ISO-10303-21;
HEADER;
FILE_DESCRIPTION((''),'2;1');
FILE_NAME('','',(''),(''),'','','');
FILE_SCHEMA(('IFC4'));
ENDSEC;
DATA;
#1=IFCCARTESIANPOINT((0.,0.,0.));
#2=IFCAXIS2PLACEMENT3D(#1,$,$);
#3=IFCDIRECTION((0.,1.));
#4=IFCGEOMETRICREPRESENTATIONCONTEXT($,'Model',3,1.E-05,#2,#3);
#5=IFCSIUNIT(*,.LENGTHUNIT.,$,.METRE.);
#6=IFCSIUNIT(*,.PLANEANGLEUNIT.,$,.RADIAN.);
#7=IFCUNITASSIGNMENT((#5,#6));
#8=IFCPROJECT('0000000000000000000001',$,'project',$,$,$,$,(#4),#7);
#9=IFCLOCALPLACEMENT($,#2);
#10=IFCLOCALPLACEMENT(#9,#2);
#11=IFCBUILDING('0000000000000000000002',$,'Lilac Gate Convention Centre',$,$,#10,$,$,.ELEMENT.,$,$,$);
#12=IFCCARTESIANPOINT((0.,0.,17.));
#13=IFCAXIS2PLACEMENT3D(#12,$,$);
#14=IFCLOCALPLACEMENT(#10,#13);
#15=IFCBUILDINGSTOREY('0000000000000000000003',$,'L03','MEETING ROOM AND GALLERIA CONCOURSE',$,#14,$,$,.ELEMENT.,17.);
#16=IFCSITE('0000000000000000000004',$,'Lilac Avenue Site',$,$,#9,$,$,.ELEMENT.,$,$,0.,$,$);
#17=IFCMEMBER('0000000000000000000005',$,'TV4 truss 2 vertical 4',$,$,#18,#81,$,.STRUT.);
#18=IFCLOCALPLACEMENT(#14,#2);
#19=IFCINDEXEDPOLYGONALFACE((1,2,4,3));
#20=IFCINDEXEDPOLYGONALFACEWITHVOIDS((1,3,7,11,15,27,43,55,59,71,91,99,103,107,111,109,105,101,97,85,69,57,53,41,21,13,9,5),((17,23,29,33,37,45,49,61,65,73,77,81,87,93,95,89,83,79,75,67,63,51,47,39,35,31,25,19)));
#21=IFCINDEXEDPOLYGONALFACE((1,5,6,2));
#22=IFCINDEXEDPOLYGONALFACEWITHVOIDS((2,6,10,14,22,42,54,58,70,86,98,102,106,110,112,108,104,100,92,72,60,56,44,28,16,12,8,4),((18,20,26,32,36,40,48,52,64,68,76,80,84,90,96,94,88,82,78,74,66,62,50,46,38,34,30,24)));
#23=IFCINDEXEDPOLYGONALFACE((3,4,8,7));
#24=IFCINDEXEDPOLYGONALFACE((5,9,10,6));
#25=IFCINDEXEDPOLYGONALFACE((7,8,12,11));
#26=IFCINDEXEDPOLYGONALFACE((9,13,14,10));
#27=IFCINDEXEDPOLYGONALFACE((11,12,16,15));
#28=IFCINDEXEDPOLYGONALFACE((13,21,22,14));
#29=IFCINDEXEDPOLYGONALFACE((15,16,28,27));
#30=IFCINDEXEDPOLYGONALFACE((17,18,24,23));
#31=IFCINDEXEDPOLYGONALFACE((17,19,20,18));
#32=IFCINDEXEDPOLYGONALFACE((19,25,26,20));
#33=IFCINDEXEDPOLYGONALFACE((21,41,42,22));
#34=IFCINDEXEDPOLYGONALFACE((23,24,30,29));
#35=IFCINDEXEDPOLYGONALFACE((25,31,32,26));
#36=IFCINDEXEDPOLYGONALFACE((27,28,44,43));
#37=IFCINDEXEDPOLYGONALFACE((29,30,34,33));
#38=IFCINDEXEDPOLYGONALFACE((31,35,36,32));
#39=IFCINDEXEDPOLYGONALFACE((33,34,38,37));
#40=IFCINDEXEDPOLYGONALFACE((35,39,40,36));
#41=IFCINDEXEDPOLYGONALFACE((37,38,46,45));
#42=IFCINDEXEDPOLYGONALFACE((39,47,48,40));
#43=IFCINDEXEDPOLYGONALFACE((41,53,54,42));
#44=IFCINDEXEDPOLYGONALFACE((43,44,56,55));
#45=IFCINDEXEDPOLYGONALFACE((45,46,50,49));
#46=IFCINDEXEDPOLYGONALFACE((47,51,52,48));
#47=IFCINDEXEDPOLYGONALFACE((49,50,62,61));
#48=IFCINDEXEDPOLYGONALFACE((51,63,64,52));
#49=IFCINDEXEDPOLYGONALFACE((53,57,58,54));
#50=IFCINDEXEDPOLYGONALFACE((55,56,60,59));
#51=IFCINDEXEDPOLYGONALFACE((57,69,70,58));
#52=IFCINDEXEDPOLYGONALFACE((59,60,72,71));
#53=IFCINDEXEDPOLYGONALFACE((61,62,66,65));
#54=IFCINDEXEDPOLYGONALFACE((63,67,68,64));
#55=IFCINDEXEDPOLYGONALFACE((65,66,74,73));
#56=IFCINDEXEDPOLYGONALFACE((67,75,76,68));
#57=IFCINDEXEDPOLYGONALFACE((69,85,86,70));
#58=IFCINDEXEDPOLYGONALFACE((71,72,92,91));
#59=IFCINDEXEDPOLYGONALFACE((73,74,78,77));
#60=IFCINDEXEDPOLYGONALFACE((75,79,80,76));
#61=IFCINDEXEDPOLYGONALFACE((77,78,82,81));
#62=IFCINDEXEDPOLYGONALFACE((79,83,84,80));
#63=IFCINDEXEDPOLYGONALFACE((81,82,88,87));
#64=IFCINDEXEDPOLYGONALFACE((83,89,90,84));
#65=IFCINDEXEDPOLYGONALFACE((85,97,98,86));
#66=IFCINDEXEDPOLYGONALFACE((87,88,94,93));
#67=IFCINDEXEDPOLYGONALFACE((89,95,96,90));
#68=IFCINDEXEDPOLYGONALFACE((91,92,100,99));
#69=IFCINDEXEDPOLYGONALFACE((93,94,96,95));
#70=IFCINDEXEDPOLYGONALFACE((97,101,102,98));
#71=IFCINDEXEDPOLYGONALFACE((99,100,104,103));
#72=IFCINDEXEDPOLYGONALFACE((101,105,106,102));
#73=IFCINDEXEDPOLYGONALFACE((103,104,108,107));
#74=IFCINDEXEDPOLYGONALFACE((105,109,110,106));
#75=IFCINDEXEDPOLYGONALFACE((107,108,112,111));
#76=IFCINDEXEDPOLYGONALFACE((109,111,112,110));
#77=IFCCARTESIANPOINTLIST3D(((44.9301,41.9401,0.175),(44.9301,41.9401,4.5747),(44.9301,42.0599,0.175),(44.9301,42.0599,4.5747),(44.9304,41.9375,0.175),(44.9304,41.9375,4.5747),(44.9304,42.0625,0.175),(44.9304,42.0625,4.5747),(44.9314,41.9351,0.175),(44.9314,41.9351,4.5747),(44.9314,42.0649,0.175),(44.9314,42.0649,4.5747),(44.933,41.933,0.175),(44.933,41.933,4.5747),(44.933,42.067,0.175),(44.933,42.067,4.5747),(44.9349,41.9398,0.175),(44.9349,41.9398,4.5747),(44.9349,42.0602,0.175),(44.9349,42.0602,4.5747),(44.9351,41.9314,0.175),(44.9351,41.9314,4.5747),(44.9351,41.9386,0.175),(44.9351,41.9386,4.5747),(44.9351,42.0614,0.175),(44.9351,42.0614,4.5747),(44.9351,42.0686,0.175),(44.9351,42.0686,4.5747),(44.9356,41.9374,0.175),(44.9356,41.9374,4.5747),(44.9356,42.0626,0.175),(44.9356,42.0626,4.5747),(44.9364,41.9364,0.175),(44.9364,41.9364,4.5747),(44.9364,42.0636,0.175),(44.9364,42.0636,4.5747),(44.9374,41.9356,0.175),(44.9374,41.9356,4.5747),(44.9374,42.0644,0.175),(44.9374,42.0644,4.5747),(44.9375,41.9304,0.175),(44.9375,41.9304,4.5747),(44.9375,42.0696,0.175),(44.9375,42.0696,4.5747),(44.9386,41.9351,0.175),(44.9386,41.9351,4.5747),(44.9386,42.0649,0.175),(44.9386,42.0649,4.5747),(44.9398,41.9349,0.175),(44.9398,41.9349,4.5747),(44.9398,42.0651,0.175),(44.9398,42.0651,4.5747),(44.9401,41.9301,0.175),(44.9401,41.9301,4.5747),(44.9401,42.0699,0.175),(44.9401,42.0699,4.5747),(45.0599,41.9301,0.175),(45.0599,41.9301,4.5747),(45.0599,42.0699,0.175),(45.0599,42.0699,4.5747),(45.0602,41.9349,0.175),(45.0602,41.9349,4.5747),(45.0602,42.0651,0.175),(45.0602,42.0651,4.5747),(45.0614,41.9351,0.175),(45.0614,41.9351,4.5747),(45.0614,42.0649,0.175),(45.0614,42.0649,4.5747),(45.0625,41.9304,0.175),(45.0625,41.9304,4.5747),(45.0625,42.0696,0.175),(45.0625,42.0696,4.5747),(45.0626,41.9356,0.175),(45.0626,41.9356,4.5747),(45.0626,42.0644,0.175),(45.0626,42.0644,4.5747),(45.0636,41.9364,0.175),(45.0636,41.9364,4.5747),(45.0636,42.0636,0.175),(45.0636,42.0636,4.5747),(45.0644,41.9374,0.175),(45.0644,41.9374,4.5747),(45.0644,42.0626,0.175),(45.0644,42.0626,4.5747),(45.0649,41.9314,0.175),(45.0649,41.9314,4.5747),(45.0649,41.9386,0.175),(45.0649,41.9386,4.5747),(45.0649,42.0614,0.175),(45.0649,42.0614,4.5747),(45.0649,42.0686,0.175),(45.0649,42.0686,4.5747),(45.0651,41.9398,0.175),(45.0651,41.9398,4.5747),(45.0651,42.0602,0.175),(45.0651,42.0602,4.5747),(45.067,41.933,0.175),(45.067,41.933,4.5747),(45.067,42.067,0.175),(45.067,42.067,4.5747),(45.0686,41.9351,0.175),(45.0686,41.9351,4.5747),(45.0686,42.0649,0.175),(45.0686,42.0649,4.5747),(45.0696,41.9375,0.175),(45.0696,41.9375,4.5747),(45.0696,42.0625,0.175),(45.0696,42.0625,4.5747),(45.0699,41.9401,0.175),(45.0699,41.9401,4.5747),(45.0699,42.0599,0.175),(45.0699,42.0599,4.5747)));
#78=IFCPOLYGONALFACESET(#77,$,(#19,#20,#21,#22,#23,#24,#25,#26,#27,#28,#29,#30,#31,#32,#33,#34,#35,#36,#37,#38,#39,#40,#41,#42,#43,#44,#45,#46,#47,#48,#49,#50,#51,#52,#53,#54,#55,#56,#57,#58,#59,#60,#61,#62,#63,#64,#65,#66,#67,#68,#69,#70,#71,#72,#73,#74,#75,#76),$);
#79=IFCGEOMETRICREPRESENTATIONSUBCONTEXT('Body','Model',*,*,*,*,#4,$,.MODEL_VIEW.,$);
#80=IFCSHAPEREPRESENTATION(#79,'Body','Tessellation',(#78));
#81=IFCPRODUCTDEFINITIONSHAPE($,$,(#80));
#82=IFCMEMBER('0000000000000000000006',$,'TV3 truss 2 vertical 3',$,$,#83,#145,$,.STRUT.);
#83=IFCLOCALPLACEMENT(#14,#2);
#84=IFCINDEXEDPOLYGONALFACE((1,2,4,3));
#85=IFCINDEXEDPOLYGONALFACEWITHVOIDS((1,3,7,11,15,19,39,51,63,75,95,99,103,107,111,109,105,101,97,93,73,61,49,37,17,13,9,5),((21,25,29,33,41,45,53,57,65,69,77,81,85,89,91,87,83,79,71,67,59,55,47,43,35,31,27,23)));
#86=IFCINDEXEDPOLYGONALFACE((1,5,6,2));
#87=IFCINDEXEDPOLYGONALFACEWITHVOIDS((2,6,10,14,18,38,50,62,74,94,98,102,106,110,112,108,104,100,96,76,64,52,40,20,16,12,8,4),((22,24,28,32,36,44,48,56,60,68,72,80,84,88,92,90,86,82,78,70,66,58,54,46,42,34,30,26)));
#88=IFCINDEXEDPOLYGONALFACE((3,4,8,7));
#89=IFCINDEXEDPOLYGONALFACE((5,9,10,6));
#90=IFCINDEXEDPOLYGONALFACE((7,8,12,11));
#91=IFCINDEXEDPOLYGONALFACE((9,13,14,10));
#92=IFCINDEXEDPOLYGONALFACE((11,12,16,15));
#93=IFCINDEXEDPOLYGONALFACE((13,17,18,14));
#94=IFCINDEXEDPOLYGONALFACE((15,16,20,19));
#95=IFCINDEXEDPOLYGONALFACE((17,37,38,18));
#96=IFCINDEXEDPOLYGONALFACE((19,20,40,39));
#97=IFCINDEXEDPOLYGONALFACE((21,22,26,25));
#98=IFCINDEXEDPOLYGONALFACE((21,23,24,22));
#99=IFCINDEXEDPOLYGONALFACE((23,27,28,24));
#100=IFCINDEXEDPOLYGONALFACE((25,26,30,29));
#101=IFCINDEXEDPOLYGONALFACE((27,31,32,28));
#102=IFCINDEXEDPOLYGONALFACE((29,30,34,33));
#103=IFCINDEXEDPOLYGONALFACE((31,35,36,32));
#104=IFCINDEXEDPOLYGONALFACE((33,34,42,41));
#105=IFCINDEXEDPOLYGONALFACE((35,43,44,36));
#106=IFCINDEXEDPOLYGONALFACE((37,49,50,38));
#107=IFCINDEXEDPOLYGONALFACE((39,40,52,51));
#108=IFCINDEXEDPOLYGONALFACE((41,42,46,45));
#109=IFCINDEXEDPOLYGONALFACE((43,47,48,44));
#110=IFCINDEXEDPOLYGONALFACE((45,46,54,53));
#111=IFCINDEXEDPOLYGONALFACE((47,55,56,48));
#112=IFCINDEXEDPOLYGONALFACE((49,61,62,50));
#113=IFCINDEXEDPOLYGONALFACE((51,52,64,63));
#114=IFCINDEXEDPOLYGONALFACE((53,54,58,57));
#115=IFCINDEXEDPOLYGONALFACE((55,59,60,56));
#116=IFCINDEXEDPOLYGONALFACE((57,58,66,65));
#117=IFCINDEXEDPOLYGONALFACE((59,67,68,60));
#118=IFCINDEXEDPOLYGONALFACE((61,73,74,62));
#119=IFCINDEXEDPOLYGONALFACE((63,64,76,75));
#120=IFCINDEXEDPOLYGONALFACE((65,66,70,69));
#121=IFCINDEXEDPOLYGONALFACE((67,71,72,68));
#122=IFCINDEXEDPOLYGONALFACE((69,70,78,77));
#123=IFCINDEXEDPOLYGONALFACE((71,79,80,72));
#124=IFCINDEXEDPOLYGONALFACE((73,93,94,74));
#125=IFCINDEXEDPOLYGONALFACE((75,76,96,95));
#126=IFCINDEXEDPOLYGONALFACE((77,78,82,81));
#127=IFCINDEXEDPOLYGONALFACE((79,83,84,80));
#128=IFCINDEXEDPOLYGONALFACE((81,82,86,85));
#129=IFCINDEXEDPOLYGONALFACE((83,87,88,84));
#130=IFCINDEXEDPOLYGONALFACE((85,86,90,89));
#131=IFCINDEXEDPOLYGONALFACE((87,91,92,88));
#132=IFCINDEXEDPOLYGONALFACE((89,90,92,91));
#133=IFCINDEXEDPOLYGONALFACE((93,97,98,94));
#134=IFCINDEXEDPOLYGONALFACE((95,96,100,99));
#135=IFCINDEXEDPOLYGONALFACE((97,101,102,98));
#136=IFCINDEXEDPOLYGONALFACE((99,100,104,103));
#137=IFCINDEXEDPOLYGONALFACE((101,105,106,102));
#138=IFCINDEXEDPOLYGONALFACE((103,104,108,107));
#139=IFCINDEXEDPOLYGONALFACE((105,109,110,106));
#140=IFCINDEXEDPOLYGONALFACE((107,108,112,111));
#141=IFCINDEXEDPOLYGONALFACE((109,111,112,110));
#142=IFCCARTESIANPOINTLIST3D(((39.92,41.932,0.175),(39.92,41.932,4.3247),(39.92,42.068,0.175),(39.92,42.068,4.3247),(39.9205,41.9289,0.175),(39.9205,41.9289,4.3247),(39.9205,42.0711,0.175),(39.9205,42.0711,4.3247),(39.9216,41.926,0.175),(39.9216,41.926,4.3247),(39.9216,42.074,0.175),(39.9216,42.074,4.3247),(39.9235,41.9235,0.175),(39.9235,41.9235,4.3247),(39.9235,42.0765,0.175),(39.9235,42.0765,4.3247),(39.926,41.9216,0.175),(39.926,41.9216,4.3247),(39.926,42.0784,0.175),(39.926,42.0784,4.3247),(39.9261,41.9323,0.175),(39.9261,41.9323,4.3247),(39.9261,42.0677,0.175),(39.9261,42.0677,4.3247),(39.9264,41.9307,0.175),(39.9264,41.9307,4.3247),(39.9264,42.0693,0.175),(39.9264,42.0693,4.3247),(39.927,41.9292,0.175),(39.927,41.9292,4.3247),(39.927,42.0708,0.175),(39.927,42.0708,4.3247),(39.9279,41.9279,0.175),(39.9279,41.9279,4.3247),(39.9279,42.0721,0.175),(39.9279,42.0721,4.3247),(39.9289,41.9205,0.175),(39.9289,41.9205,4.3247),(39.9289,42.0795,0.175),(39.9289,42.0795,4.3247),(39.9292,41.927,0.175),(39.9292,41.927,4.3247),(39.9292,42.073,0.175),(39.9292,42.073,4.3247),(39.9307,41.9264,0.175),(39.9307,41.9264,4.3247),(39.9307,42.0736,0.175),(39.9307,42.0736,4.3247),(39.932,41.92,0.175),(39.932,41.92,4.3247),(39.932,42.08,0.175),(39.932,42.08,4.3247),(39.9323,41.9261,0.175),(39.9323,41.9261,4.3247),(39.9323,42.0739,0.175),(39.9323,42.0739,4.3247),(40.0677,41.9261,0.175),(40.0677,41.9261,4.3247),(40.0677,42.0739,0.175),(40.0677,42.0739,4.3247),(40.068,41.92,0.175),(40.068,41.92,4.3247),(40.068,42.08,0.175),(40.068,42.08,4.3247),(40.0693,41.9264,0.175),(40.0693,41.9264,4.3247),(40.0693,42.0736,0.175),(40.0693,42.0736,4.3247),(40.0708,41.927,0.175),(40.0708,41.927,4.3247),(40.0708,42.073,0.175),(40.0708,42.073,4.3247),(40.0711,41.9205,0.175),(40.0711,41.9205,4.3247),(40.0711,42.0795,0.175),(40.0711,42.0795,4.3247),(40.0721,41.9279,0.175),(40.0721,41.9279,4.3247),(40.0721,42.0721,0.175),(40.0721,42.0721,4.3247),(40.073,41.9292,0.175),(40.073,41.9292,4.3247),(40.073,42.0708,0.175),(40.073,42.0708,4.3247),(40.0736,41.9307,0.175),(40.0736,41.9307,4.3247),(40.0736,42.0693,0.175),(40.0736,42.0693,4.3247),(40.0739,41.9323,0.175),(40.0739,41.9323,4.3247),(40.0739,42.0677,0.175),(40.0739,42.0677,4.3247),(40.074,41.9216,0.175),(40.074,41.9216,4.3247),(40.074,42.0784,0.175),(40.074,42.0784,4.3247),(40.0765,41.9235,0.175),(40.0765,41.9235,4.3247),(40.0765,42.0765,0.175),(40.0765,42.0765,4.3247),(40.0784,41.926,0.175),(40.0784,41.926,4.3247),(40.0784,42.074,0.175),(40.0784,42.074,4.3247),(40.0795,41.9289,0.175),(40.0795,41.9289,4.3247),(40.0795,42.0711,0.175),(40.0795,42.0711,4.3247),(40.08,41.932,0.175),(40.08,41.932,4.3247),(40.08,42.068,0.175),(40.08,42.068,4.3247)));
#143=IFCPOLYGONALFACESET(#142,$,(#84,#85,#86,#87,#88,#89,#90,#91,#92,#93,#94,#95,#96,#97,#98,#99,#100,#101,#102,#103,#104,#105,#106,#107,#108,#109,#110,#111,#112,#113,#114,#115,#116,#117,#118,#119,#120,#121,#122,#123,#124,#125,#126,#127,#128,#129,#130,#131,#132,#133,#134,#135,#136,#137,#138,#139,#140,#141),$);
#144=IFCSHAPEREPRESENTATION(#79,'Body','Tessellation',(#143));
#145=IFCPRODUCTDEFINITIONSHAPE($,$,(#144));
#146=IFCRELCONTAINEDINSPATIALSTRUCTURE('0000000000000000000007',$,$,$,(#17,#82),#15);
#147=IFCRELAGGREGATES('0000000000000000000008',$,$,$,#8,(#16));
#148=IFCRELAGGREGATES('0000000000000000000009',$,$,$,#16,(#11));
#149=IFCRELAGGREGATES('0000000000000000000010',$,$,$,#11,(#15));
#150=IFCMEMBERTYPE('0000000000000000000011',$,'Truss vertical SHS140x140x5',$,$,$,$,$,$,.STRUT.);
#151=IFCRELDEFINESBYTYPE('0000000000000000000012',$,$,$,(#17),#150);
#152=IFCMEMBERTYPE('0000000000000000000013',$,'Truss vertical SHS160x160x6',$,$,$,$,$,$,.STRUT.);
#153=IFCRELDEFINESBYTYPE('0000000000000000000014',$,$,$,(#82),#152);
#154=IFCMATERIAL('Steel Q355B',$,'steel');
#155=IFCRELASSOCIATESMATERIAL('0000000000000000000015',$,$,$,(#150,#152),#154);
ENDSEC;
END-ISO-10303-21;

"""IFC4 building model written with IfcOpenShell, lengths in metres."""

from ifc_helpers import new_model, si_unit, direction, frame, origin, origin_2d, place, context, subcontext, project, spatial, hollow_rectangle, extrude, material, material_profile, profile_set, type_object, element, save


model = new_model("IFC4")

# Units and contexts
model_context = context("Model", 3, precision=1e-05, world=origin(), true_north=direction((0.0, 1.0)))
body_context = subcontext(model_context, "Body", "Model", "MODEL_VIEW")
ifc_project = project(units=[si_unit("LENGTHUNIT", "METRE"), si_unit("PLANEANGLEUNIT", "RADIAN")], contexts=[model_context])

# Site, building, storey
site_placement = place(None, origin())
site = spatial("IfcSite", under=ifc_project, at=site_placement, Name="Lilac Avenue Site", CompositionType="ELEMENT", RefElevation=0.0)
building_placement = place(site_placement, origin())
building = spatial("IfcBuilding", under=site, at=building_placement, Name="Lilac Gate Convention Centre", CompositionType="ELEMENT")
storey_placement = place(building_placement, frame((0.0, 0.0, 17.0)))
storey = spatial("IfcBuildingStorey", under=building, at=storey_placement, Name="L03", Description="MEETING ROOM AND GALLERIA CONCOURSE", CompositionType="ELEMENT", Elevation=17.0)

# Members
ifc_material = material(Name="Steel Q355B", Category="steel")
ifc_material_profile_1 = material_profile(ifc_material, hollow_rectangle(XDim=0.1399, YDim=0.1399, WallThickness=0.0049, InnerFilletRadius=0.0049, OuterFilletRadius=0.01, at=origin_2d()), Name="SHS140x140x5")
ifc_profile_set_1 = profile_set([ifc_material_profile_1], Name="Steel Q355B")
member_type_1 = type_object("IfcMemberType", Name="Truss vertical SHS140x140x5", PredefinedType="STRUT", material=ifc_profile_set_1)
member_1_placement = place(storey_placement, frame((45.0, 42.0, 0.175), z_axis=(0.0, 0.0, 1.0), x_axis=(1.0, 0.0, 0.0)))
element("IfcMember", 1, at=member_1_placement, inside=storey, type_object=member_type_1, Name="TV4 truss 2 vertical 4", PredefinedType="STRUT", context=body_context, shape_type="SweptSolid", body=[
    extrude(hollow_rectangle(XDim=0.1399, YDim=0.1399, WallThickness=0.0049, InnerFilletRadius=0.0049, OuterFilletRadius=0.01, at=origin_2d()), origin(), (0.0, 0.0, 1.0), 4.3997),
])
ifc_material_profile_2 = material_profile(ifc_material, hollow_rectangle(XDim=0.1599, YDim=0.1599, WallThickness=0.0061, InnerFilletRadius=0.0061, OuterFilletRadius=0.012, at=origin_2d()), Name="SHS160x160x6")
ifc_profile_set_2 = profile_set([ifc_material_profile_2], Name="Steel Q355B")
member_type_2 = type_object("IfcMemberType", Name="Truss vertical SHS160x160x6", PredefinedType="STRUT", material=ifc_profile_set_2)
for number, where, z_axis, x_axis, name in (
    (2, (40.0, 42.0, 0.175), (0.0, 0.0, 1.0), (1.0, 0.0, 0.0), "TV3 truss 2 vertical 3"),
):
    element("IfcMember", number, at=place(storey_placement, frame(where, z_axis=z_axis, x_axis=x_axis)), inside=storey, type_object=member_type_2, Name=name, PredefinedType="STRUT", context=body_context, shape_type="SweptSolid", body=[
        extrude(hollow_rectangle(XDim=0.1599, YDim=0.1599, WallThickness=0.0061, InnerFilletRadius=0.0061, OuterFilletRadius=0.012, at=origin_2d()), origin(), (0.0, 0.0, 1.0), 4.1497),
    ])

save(model, "model.ifc")
